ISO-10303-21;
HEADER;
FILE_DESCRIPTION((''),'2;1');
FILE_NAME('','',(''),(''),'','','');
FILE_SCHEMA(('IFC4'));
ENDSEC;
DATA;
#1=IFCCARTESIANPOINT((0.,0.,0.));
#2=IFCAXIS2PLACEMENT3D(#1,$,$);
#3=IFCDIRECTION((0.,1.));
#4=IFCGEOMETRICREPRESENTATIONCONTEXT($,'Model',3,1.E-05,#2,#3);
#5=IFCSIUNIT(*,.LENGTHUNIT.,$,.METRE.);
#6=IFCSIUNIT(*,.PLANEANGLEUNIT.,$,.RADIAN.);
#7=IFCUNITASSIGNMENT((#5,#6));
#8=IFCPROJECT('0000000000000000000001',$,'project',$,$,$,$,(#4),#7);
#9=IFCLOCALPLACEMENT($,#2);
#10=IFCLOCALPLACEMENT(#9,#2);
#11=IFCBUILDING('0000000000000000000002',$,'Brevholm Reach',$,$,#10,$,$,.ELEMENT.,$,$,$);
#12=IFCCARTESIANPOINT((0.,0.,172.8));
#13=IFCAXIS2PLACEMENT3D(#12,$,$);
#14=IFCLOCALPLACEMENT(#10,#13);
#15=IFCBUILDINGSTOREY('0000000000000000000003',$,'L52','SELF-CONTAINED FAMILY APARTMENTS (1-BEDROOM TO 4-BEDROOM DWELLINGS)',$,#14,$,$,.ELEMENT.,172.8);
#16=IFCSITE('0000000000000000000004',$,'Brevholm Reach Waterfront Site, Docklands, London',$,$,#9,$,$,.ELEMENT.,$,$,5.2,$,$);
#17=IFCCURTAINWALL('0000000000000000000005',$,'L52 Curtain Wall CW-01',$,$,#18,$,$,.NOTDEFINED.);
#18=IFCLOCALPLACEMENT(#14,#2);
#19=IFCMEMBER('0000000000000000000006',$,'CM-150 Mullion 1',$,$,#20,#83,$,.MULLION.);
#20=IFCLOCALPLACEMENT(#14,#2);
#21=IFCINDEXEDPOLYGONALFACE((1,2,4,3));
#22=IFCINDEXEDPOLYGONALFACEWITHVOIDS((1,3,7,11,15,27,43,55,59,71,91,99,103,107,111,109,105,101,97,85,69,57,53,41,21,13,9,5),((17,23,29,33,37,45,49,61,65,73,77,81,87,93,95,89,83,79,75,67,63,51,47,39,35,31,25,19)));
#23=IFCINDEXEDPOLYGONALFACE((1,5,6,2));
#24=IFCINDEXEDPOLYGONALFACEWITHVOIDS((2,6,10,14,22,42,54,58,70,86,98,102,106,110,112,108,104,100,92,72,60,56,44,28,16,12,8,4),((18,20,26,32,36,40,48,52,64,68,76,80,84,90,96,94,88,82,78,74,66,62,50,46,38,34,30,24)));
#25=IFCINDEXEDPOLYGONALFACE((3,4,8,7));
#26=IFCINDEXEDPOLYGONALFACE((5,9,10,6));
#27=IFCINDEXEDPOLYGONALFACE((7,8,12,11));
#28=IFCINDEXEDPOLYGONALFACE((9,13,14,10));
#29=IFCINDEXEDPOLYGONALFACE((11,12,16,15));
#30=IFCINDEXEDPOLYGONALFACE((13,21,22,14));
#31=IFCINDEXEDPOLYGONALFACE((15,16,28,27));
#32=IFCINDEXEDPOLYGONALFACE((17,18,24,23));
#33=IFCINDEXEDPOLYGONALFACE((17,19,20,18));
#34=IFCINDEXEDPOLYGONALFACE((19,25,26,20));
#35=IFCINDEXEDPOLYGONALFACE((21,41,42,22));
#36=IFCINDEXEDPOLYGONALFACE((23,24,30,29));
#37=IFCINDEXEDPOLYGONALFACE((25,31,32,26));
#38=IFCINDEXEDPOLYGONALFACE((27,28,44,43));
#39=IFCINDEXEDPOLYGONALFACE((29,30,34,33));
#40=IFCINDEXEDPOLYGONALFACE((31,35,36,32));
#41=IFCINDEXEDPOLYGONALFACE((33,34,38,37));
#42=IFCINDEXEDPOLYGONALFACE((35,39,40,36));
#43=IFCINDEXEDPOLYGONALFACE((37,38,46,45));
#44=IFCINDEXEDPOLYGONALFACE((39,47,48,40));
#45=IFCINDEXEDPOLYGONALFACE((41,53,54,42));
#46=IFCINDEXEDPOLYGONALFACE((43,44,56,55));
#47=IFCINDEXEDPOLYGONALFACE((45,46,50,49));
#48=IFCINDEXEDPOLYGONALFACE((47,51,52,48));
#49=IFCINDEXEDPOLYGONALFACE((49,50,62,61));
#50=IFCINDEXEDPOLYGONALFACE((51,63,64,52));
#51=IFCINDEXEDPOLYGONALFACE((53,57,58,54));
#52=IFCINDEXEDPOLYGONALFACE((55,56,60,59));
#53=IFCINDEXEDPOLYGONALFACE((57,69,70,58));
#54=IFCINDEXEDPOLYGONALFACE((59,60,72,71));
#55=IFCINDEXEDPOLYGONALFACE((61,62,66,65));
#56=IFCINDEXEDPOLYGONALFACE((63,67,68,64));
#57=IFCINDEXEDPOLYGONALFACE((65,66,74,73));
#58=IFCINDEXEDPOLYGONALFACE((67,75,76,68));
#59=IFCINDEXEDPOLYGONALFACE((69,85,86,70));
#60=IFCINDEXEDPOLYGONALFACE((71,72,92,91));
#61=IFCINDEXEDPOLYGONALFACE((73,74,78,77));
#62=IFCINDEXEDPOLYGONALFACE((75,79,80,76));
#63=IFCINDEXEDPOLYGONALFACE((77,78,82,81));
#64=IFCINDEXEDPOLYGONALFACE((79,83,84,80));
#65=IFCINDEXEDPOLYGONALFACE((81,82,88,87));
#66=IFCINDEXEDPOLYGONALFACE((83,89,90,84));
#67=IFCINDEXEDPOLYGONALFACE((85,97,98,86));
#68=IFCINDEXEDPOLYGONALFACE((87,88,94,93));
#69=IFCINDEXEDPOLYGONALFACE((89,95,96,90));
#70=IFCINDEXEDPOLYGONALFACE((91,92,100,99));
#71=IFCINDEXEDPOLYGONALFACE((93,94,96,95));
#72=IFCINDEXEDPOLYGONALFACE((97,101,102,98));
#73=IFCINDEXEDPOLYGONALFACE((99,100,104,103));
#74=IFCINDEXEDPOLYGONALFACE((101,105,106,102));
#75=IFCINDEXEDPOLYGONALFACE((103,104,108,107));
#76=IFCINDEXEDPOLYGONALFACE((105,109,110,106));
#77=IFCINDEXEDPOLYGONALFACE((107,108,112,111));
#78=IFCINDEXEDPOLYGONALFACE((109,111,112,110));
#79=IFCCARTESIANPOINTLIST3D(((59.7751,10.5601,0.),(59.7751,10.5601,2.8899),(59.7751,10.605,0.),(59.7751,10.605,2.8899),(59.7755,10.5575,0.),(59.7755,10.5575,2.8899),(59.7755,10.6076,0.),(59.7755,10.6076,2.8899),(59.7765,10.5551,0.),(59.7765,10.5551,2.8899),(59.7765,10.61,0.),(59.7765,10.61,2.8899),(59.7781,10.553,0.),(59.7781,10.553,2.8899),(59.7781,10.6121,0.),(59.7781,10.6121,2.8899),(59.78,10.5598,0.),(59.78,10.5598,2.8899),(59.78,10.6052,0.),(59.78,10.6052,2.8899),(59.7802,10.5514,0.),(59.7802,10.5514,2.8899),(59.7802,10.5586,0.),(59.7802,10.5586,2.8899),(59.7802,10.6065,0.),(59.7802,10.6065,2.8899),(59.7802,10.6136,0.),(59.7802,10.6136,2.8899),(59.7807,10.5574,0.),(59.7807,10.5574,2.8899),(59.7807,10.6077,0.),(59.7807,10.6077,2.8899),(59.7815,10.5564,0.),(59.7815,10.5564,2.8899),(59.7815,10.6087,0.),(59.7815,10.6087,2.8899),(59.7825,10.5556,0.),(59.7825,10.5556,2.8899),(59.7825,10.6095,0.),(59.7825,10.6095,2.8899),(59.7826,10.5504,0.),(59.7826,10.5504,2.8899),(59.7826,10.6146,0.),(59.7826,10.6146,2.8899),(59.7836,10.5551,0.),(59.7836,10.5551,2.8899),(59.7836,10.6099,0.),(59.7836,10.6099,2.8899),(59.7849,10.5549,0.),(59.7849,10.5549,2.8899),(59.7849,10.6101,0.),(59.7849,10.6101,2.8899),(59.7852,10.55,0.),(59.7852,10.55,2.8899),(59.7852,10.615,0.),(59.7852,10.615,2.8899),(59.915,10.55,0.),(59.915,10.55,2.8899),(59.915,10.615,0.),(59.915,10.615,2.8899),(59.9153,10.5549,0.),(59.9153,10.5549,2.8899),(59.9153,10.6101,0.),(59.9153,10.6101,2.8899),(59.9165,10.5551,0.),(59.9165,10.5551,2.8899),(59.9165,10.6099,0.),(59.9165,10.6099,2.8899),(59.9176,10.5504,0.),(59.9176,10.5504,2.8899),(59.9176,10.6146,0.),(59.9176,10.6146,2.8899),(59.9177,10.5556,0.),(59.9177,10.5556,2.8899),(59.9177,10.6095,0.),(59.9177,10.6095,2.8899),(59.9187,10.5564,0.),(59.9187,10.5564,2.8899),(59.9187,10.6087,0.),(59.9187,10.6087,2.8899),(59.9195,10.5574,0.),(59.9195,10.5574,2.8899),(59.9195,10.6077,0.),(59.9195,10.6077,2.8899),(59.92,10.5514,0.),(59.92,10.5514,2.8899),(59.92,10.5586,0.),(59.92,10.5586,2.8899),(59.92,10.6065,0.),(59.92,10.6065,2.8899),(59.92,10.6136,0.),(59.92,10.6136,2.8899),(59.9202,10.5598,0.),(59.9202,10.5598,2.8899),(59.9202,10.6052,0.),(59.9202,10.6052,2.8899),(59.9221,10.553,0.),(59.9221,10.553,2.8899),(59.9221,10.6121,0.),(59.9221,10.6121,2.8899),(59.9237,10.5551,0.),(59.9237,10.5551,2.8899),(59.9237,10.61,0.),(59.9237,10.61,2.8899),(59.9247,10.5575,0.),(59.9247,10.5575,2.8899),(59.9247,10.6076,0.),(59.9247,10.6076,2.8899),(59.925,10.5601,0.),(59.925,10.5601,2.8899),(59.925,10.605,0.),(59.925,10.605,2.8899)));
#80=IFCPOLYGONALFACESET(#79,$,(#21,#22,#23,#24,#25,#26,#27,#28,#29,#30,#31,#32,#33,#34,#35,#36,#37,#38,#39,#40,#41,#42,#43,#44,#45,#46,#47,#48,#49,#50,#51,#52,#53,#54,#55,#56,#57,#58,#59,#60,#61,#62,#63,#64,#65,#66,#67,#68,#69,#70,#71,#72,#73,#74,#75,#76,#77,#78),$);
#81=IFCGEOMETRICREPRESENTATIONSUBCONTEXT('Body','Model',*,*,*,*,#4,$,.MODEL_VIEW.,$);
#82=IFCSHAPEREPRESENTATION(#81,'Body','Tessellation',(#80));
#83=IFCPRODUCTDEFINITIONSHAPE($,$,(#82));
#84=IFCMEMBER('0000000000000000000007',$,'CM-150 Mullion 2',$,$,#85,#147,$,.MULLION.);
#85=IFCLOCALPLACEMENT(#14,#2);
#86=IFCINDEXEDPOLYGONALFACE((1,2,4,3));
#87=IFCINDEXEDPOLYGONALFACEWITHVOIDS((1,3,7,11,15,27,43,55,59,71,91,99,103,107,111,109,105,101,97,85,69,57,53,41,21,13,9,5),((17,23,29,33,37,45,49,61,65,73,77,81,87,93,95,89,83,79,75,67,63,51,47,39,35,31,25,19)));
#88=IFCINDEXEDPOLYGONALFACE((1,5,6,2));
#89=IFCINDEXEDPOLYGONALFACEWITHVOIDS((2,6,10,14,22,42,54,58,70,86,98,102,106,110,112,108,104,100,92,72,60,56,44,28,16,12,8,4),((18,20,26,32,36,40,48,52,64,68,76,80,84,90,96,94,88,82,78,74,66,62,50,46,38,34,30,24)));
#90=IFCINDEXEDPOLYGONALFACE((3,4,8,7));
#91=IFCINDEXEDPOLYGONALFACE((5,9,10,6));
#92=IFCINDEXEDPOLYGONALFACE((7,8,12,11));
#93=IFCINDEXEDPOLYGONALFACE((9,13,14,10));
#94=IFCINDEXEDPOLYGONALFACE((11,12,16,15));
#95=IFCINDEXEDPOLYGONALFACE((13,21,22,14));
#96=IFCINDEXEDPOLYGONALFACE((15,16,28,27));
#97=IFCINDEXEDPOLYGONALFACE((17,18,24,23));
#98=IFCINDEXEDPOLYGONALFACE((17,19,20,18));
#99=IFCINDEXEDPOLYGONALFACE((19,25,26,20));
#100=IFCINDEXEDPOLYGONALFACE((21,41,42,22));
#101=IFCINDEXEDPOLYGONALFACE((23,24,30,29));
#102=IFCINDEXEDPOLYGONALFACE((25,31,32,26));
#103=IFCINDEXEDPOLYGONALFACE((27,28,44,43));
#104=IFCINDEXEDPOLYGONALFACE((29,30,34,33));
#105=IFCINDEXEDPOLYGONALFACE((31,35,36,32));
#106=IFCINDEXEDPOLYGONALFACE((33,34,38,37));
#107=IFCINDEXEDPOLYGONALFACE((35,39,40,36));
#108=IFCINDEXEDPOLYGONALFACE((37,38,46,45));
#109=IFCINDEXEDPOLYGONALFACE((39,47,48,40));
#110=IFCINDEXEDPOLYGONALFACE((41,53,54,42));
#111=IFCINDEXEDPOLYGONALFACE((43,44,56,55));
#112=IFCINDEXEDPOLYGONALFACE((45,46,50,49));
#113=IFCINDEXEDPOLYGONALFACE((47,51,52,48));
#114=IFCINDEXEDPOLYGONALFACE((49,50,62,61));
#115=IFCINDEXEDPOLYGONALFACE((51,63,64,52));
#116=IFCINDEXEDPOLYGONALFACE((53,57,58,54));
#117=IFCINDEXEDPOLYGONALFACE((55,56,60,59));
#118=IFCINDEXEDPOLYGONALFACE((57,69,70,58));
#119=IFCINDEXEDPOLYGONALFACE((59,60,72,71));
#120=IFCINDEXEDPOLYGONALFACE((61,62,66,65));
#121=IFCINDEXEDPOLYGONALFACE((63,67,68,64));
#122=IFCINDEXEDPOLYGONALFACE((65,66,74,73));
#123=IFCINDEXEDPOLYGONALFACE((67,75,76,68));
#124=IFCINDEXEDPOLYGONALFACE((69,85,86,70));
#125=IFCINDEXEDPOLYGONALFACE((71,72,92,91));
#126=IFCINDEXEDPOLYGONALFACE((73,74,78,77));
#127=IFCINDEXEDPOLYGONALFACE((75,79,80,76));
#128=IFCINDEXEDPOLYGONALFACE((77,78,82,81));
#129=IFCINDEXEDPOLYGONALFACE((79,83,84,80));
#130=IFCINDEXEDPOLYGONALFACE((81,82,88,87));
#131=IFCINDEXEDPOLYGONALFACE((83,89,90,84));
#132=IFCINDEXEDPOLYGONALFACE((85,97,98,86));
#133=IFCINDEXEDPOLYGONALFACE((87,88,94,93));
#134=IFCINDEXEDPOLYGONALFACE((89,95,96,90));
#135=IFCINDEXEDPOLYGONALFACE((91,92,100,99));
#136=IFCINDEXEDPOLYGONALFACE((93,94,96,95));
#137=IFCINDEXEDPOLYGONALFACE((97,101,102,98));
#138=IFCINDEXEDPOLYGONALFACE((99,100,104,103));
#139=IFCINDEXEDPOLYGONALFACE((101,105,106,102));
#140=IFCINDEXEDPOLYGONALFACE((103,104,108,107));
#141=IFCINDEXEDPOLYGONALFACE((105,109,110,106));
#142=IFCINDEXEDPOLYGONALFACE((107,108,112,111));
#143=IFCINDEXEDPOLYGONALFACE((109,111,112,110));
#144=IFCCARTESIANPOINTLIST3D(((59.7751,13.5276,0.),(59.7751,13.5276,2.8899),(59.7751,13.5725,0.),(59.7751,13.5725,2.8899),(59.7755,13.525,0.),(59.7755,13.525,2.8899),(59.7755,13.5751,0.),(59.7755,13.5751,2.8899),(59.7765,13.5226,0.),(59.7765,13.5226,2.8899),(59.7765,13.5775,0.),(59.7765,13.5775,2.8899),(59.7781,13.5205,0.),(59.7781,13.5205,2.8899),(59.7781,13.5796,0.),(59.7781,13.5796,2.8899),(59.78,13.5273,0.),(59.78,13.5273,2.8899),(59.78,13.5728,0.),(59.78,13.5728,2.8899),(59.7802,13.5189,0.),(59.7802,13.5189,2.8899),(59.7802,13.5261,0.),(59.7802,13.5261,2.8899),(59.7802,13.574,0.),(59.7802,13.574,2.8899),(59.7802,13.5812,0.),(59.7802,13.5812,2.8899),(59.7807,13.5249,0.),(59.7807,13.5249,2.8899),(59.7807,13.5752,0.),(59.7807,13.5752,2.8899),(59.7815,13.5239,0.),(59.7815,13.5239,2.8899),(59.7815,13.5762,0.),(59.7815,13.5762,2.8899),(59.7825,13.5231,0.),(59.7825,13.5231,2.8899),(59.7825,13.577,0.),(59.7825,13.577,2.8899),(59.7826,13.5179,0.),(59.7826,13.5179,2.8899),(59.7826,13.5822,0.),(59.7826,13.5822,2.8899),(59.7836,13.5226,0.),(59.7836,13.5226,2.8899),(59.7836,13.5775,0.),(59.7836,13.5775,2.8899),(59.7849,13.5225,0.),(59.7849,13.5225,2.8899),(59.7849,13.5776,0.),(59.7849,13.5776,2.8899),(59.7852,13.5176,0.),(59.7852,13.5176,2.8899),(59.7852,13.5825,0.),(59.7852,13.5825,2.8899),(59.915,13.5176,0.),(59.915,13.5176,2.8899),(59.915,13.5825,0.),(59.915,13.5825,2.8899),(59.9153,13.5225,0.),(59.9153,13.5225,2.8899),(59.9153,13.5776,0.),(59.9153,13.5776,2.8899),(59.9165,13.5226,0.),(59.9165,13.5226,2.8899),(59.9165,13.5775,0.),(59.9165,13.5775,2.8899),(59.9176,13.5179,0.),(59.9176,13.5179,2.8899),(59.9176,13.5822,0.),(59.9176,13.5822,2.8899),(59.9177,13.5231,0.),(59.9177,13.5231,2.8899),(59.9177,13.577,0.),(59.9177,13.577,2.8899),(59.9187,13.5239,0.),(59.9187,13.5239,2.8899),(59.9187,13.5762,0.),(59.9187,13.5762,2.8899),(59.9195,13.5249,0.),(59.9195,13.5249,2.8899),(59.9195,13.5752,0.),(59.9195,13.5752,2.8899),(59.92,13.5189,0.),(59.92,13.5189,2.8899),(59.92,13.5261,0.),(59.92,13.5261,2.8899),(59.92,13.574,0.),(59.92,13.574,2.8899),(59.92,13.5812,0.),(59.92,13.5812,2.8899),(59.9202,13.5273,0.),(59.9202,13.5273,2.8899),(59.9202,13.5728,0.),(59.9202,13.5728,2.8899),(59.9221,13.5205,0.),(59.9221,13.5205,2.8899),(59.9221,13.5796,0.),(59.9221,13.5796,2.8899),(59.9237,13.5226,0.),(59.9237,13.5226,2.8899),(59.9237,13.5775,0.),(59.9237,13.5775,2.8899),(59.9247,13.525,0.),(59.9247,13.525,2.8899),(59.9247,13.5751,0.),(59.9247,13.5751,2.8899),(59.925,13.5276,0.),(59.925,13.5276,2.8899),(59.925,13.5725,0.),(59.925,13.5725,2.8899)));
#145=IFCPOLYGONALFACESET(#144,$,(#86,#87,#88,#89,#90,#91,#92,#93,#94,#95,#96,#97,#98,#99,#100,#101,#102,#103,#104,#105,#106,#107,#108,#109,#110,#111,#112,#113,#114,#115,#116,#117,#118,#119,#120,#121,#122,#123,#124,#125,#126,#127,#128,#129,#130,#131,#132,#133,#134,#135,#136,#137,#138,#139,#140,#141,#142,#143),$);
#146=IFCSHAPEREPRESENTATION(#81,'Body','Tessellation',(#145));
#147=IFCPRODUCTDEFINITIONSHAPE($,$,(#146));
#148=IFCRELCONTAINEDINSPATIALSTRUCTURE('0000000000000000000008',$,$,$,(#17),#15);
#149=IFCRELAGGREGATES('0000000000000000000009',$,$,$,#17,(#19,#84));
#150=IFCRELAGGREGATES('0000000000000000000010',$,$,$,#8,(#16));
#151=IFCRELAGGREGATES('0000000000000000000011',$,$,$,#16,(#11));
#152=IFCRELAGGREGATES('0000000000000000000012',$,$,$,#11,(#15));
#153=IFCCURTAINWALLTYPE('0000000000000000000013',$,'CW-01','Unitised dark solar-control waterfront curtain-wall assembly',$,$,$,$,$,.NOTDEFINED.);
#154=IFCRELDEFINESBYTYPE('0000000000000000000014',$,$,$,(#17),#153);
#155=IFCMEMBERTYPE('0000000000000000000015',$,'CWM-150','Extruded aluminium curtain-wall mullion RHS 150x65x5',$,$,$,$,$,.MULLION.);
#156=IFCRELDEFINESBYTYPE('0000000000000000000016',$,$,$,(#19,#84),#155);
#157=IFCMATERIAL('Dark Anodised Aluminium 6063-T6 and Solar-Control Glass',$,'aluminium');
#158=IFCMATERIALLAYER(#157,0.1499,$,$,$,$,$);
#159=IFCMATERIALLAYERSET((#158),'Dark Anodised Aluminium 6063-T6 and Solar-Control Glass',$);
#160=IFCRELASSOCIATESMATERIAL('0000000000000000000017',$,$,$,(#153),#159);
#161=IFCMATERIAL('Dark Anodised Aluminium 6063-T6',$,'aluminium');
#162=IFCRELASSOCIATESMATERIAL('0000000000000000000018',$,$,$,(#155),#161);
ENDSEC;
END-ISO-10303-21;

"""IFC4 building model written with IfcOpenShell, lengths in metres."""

from ifc_helpers import new_model, si_unit, direction, frame, origin, origin_2d, place, context, subcontext, project, spatial, hollow_rectangle, extrude, material, layer, layer_set, material_profile, profile_set, type_object, element, aggregate, save


model = new_model("IFC4")

# Units and contexts
model_context = context("Model", 3, precision=1e-05, world=origin(), true_north=direction((0.0, 1.0)))
body_context = subcontext(model_context, "Body", "Model", "MODEL_VIEW")
ifc_project = project(units=[si_unit("LENGTHUNIT", "METRE"), si_unit("PLANEANGLEUNIT", "RADIAN")], contexts=[model_context])

# Site, building, storey
site_placement = place(None, origin())
site = spatial("IfcSite", under=ifc_project, at=site_placement, Name="Brevholm Reach Waterfront Site, Docklands, London", CompositionType="ELEMENT", RefElevation=5.2)
building_placement = place(site_placement, origin())
building = spatial("IfcBuilding", under=site, at=building_placement, Name="Brevholm Reach", CompositionType="ELEMENT")
storey_placement = place(building_placement, frame((0.0, 0.0, 172.8)))
storey = spatial("IfcBuildingStorey", under=building, at=storey_placement, Name="L52", Description="SELF-CONTAINED FAMILY APARTMENTS (1-BEDROOM TO 4-BEDROOM DWELLINGS)", CompositionType="ELEMENT", Elevation=172.8)

# Curtain wall, members
ifc_material_1 = material(Name="Dark Anodised Aluminium 6063-T6 and Solar-Control Glass", Category="aluminium")
ifc_layer_1 = layer(ifc_material_1, 0.1499)
ifc_layer_set_1 = layer_set([ifc_layer_1], Name="Dark Anodised Aluminium 6063-T6 and Solar-Control Glass")
curtain_wall_type = type_object("IfcCurtainWallType", Name="CW-01", Description="Unitised dark solar-control waterfront curtain-wall assembly", PredefinedType="NOTDEFINED", material=ifc_layer_set_1)
curtain_wall_placement = place(storey_placement, origin())
curtain_wall = element("IfcCurtainWall", 1, at=curtain_wall_placement, inside=storey, type_object=curtain_wall_type, Name="L52 Curtain Wall CW-01", PredefinedType="NOTDEFINED")
ifc_material_2 = material(Name="Dark Anodised Aluminium 6063-T6", Category="aluminium")
ifc_material_profile_1 = material_profile(ifc_material_2, hollow_rectangle(XDim=0.0649, YDim=0.1499, WallThickness=0.0049, InnerFilletRadius=0.0049, OuterFilletRadius=0.01, at=origin_2d()), Name="RHS 150x65x5")
ifc_profile_set_1 = profile_set([ifc_material_profile_1], Name="Dark Anodised Aluminium 6063-T6")
member_type_1 = type_object("IfcMemberType", Name="CWM-150", Description="Extruded aluminium curtain-wall mullion RHS 150x65x5", PredefinedType="MULLION", material=ifc_profile_set_1)
member_1_placement = place(storey_placement, frame((59.8501, 10.5825, 0.0), z_axis=(0.0, 0.0, 1.0), x_axis=(0.0, 1.0, 0.0)))
member_1 = element("IfcMember", 2, at=member_1_placement, type_object=member_type_1, Name="CM-150 Mullion 1", PredefinedType="MULLION", context=body_context, shape_type="SweptSolid", body=[
    extrude(hollow_rectangle(XDim=0.0649, YDim=0.1499, WallThickness=0.0049, InnerFilletRadius=0.0049, OuterFilletRadius=0.01, at=origin_2d()), origin(), (0.0, 0.0, 1.0), 2.8899),
])
member_2_placement = place(storey_placement, frame((59.8501, 13.55, 0.0), z_axis=(0.0, 0.0, 1.0), x_axis=(0.0, 1.0, 0.0)))
member_2 = element("IfcMember", 3, at=member_2_placement, type_object=member_type_1, Name="CM-150 Mullion 2", PredefinedType="MULLION", context=body_context, shape_type="SweptSolid", body=[
    extrude(hollow_rectangle(XDim=0.0649, YDim=0.1499, WallThickness=0.0049, InnerFilletRadius=0.0049, OuterFilletRadius=0.01, at=origin_2d()), origin(), (0.0, 0.0, 1.0), 2.8899),
])
aggregate(curtain_wall, [member_1, member_2])

save(model, "model.ifc")
